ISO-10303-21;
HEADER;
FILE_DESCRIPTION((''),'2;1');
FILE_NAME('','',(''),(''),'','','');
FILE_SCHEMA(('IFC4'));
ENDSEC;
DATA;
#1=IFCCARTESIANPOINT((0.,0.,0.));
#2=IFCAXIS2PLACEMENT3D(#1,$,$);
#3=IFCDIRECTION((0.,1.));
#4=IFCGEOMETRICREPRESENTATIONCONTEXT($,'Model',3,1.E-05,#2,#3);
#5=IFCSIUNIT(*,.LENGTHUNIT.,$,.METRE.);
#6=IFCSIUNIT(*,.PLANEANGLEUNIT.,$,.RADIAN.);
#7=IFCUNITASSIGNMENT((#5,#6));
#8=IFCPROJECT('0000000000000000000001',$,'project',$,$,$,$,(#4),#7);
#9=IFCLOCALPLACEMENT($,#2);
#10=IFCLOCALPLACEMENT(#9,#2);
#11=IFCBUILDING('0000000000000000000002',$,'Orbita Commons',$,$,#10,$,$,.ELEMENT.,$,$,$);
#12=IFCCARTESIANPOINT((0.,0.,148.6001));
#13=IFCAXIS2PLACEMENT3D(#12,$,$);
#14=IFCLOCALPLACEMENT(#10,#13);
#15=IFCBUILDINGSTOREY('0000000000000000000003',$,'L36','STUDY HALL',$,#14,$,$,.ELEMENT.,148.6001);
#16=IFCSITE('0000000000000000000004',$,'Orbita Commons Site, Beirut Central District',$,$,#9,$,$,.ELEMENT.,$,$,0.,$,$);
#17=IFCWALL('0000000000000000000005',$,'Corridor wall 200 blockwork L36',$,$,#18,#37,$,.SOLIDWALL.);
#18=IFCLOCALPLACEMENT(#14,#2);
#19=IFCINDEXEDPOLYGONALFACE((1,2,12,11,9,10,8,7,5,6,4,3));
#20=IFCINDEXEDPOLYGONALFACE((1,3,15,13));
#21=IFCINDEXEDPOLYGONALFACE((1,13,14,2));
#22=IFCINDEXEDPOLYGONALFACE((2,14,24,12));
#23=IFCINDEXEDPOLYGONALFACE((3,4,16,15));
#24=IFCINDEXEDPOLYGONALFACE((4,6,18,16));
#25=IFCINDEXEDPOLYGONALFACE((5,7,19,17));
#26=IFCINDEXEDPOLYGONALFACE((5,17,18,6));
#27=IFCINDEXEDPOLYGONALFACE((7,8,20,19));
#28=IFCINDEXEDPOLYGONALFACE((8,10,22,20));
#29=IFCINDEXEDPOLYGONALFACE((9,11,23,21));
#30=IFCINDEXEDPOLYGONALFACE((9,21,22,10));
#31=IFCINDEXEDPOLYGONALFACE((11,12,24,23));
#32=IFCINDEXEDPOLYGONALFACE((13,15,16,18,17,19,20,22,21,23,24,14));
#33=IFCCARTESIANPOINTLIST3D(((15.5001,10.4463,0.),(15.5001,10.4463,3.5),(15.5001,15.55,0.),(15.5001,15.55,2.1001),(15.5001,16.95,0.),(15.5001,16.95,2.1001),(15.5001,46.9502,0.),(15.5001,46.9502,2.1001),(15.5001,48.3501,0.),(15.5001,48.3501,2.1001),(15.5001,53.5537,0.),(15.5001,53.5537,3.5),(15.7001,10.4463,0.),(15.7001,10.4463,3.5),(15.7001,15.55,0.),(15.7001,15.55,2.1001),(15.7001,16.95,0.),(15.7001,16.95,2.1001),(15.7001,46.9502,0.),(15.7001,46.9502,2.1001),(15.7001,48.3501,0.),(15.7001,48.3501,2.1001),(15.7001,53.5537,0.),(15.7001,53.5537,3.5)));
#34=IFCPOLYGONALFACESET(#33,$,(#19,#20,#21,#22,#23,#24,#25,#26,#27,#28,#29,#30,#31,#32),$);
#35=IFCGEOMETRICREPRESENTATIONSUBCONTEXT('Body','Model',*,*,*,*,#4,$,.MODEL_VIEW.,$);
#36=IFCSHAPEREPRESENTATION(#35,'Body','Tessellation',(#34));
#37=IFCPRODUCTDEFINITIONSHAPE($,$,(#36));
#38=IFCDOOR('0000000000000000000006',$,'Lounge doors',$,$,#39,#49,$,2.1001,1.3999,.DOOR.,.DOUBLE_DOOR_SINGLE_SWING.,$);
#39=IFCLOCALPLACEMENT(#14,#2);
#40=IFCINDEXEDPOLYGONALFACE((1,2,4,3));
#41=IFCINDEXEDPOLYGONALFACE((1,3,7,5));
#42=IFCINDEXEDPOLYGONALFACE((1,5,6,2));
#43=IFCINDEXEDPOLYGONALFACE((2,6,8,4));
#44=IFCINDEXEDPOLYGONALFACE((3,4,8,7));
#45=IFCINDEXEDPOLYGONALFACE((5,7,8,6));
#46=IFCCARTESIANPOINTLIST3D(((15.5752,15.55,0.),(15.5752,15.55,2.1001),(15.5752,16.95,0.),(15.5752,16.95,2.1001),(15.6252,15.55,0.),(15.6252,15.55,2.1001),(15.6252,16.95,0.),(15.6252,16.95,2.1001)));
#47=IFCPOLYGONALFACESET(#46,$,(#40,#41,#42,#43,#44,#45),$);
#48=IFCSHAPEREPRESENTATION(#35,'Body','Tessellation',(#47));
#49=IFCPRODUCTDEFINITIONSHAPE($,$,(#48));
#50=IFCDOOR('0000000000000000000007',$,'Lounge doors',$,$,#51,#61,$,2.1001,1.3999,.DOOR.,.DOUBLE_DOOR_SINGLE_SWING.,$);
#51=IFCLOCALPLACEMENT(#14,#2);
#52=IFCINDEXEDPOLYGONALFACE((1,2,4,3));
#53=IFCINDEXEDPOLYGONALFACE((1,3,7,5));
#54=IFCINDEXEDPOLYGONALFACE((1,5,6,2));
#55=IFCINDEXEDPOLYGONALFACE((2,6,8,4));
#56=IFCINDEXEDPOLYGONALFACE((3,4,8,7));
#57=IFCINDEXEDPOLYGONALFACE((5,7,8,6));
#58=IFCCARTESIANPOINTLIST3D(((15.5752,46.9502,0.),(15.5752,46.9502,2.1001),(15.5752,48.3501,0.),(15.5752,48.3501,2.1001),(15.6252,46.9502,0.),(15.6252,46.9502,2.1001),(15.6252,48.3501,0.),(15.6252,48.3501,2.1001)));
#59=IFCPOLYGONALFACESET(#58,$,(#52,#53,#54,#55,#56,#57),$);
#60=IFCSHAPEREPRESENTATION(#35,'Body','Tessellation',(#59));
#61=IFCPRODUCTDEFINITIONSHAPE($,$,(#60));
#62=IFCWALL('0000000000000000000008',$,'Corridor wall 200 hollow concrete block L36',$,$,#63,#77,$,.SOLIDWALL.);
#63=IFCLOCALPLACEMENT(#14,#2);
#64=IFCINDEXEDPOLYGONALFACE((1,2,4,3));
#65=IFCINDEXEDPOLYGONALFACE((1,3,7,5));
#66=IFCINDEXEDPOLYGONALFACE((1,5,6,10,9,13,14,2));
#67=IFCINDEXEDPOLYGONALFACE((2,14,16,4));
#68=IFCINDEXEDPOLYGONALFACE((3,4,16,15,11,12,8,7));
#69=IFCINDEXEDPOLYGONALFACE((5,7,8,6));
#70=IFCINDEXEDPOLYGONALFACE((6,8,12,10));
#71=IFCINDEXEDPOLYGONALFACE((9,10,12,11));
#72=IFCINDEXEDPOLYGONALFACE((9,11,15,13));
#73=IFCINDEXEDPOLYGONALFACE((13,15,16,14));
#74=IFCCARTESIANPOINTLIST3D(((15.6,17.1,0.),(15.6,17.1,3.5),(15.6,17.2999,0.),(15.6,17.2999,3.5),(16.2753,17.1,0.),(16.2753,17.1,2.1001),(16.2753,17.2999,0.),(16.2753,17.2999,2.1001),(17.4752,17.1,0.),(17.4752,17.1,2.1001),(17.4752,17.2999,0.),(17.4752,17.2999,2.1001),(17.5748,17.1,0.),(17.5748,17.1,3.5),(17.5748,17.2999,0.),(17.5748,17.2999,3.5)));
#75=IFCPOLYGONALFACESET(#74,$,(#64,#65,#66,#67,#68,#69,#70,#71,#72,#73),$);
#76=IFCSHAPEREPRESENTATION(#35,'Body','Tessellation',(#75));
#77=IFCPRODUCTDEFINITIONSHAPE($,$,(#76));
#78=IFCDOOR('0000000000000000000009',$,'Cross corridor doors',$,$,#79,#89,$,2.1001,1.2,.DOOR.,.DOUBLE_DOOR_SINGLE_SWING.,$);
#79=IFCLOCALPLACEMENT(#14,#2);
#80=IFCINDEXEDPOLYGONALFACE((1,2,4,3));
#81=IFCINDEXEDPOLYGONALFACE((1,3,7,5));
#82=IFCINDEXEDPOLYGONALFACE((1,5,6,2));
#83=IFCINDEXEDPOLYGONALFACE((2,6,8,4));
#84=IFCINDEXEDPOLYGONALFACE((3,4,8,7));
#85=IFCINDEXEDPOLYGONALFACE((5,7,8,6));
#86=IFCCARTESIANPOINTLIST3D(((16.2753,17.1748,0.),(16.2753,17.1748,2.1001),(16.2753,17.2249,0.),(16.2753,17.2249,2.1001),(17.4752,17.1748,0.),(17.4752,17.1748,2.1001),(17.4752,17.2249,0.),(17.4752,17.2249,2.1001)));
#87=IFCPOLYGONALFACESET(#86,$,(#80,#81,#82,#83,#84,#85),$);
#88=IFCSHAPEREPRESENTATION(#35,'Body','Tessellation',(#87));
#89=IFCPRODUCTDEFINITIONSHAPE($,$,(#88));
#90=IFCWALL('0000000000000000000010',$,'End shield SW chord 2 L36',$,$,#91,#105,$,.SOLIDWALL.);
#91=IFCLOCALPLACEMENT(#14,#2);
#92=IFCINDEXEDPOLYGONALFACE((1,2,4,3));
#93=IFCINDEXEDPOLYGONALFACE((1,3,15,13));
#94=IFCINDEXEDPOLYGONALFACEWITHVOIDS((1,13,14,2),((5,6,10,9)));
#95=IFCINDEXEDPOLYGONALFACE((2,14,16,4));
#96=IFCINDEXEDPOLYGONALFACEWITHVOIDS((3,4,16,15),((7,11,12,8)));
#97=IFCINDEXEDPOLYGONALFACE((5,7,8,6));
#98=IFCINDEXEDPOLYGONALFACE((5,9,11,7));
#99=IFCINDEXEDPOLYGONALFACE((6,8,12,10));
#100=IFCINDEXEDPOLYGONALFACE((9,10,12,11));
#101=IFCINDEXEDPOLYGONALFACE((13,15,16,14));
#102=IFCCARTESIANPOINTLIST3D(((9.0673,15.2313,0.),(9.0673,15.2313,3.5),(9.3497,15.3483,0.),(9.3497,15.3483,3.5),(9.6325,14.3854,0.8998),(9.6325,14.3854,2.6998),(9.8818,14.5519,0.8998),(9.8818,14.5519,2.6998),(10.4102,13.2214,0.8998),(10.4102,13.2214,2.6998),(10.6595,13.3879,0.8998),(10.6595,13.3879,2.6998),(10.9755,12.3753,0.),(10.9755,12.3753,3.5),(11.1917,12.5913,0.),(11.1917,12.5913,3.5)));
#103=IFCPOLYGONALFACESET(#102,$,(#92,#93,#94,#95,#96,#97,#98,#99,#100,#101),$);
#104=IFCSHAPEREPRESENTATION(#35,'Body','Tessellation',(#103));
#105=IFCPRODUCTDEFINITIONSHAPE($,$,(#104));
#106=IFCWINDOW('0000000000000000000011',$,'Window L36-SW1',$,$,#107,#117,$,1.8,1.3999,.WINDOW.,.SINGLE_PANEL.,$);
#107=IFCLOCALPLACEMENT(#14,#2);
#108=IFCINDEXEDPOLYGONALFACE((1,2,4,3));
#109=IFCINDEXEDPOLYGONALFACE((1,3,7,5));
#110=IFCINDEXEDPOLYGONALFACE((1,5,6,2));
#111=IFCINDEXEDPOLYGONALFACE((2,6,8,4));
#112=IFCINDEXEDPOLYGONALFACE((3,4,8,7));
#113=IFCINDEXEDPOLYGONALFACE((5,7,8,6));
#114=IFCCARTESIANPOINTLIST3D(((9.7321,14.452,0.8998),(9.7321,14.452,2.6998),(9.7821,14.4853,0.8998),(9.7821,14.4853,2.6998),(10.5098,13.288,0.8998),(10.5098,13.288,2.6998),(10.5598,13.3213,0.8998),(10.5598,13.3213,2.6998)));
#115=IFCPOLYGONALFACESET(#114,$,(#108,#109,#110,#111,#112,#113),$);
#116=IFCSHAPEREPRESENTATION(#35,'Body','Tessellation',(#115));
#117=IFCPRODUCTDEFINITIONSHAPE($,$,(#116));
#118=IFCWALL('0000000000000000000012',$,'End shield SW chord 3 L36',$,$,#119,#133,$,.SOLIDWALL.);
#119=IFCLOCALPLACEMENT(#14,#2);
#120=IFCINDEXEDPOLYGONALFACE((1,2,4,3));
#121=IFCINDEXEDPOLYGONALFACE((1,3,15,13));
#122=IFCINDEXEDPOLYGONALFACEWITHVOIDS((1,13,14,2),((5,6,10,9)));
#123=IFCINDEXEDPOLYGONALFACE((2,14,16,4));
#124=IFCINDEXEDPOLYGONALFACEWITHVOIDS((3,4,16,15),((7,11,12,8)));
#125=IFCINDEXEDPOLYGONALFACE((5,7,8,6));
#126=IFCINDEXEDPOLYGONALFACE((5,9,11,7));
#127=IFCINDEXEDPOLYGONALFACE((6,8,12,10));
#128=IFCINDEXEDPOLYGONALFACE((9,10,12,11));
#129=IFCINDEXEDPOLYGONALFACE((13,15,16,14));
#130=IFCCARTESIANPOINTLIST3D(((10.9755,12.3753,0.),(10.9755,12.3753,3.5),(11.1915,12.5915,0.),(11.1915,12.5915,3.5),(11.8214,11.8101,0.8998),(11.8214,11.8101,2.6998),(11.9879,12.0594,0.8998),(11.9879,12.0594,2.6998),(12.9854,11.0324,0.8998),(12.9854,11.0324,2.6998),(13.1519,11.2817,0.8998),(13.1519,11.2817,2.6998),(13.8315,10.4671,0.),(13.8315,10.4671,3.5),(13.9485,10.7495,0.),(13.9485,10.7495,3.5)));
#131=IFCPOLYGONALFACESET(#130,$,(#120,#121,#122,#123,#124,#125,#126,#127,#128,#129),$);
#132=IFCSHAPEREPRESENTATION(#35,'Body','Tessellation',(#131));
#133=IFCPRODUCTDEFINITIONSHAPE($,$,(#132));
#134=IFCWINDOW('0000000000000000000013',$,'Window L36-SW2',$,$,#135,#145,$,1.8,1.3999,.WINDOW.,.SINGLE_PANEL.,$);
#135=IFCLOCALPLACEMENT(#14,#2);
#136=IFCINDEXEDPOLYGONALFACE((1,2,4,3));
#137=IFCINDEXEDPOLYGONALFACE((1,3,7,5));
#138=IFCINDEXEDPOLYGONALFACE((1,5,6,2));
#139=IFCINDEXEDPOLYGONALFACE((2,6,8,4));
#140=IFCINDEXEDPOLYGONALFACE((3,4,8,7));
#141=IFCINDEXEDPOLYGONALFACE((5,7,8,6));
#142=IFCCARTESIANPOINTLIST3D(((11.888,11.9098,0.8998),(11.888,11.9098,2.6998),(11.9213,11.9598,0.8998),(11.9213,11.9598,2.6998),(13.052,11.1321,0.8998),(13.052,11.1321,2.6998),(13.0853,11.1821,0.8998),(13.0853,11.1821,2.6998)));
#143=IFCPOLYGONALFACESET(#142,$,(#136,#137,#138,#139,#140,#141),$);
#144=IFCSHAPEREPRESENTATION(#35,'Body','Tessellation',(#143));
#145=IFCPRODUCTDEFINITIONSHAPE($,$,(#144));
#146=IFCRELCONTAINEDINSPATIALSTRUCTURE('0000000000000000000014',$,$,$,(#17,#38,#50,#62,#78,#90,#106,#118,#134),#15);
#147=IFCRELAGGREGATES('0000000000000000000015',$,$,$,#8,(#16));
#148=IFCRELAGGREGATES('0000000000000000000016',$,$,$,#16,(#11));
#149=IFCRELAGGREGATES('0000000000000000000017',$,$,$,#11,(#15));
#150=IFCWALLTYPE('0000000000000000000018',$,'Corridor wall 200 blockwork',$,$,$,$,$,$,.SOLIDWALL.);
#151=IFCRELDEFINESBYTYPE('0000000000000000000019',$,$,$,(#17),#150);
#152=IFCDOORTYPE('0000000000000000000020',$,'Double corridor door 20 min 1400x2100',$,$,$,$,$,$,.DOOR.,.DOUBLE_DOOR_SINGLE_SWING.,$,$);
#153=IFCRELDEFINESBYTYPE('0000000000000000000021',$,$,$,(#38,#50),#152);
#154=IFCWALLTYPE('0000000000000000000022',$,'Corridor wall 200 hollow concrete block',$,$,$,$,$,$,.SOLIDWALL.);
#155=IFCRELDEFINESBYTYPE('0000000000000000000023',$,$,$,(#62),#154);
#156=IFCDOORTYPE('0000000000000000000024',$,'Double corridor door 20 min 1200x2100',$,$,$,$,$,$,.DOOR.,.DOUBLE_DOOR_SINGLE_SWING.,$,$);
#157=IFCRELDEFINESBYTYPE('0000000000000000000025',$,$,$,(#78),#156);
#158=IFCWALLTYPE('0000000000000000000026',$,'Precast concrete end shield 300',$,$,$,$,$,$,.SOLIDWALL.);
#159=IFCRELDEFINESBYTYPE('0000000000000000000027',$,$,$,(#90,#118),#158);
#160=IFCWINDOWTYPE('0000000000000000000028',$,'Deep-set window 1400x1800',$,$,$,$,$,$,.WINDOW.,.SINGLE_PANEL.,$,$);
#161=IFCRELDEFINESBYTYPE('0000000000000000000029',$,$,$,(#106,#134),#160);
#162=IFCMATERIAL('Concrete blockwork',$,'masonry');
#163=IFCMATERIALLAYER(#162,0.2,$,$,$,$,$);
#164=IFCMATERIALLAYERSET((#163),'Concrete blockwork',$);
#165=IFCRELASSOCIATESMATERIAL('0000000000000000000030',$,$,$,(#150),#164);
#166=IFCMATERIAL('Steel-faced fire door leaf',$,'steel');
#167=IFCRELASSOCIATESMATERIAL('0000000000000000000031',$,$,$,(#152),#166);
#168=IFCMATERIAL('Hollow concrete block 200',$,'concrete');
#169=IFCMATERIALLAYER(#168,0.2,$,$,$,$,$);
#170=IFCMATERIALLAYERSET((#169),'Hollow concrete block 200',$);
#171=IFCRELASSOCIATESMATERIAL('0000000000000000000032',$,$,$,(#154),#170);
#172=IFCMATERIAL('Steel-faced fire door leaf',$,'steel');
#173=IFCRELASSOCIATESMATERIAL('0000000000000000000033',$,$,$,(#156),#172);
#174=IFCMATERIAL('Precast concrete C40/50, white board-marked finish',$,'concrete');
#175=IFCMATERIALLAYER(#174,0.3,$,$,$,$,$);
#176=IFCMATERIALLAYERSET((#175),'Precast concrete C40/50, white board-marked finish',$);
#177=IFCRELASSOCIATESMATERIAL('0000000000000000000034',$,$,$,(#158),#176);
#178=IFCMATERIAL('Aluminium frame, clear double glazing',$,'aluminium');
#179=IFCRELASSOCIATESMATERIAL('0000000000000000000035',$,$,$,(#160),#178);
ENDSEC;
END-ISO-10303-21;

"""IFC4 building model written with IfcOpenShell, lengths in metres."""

from ifc_helpers import new_model, si_unit, direction, frame, frame_2d, origin, place, context, subcontext, project, spatial, polyline, rectangle, outline, extrude, material, layer, layer_set, type_object, element, fill, save


model = new_model("IFC4")

# Units and contexts
model_context = context("Model", 3, precision=1e-05, world=origin(), true_north=direction((0.0, 1.0)))
body_context = subcontext(model_context, "Body", "Model", "MODEL_VIEW")
ifc_project = project(units=[si_unit("LENGTHUNIT", "METRE"), si_unit("PLANEANGLEUNIT", "RADIAN")], contexts=[model_context])

# Site, building, storey
site_placement = place(None, origin())
site = spatial("IfcSite", under=ifc_project, at=site_placement, Name="Orbita Commons Site, Beirut Central District", CompositionType="ELEMENT", RefElevation=0.0)
building_placement = place(site_placement, origin())
building = spatial("IfcBuilding", under=site, at=building_placement, Name="Orbita Commons", CompositionType="ELEMENT")
storey_placement = place(building_placement, frame((0.0, 0.0, 148.6001)))
storey = spatial("IfcBuildingStorey", under=building, at=storey_placement, Name="L36", Description="STUDY HALL", CompositionType="ELEMENT", Elevation=148.6001)

# Shared definitions
ifc_material_1 = material(Name="Concrete blockwork", Category="masonry")
ifc_layer_1 = layer(ifc_material_1, 0.2)
ifc_layer_set_1 = layer_set([ifc_layer_1], Name="Concrete blockwork")
wall_type_1 = type_object("IfcWallType", Name="Corridor wall 200 blockwork", PredefinedType="SOLIDWALL", material=ifc_layer_set_1)

# Wall, openings, doors
wall_1_placement = place(storey_placement, frame((15.6001, 10.4463, 0.0), z_axis=(0.0, 0.0, 1.0), x_axis=(0.0, 1.0, 0.0)))
wall_1 = element("IfcWall", 1, at=wall_1_placement, inside=storey, type_object=wall_type_1, Name="Corridor wall 200 blockwork L36", PredefinedType="SOLIDWALL", context=body_context, shape_type="SweptSolid", body=[
    extrude(rectangle(XDim=43.1074, YDim=0.2, at=frame_2d((21.5537, 0.0))), origin(), (0.0, 0.0, 1.0), 3.5),
])
opening_1_placement = place(wall_1_placement, frame((5.1038, 0.0, 0.0)))
opening_1 = element("IfcOpeningElement", 2, at=opening_1_placement, cuts=wall_1, PredefinedType="OPENING", context=body_context, shape_type="SweptSolid", body=[
    extrude(rectangle(XDim=1.3999, YDim=2.1001, at=frame_2d((0.7, 1.05))), frame((0.0, 0.1099, 0.0), z_axis=(0.0, -1.0, 0.0), x_axis=(1.0, 0.0, 0.0)), (0.0, 0.0, 1.0), 0.22),
])
opening_2_placement = place(wall_1_placement, frame((36.5039, 0.0, 0.0)))
opening_2 = element("IfcOpeningElement", 3, at=opening_2_placement, cuts=wall_1, PredefinedType="OPENING", context=body_context, shape_type="SweptSolid", body=[
    extrude(rectangle(XDim=1.3999, YDim=2.1001, at=frame_2d((0.7, 1.05))), frame((0.0, 0.1099, 0.0), z_axis=(0.0, -1.0, 0.0), x_axis=(1.0, 0.0, 0.0)), (0.0, 0.0, 1.0), 0.22),
])
ifc_material_2 = material(Name="Steel-faced fire door leaf", Category="steel")
door_type_1 = type_object("IfcDoorType", Name="Double corridor door 20 min 1400x2100", OperationType="DOUBLE_DOOR_SINGLE_SWING", PredefinedType="DOOR", material=ifc_material_2)
door_1_placement = place(opening_1_placement, origin())
door_1 = element("IfcDoor", 4, at=door_1_placement, inside=storey, type_object=door_type_1, Name="Lounge doors", OperationType="DOUBLE_DOOR_SINGLE_SWING", OverallHeight=2.1001, OverallWidth=1.3999, PredefinedType="DOOR", context=body_context, shape_type="SweptSolid", body=[
    extrude(rectangle(XDim=1.3999, YDim=2.1001, at=frame_2d((0.7, 1.05))), frame((0.0, 0.0249, 0.0), z_axis=(0.0, -1.0, 0.0), x_axis=(1.0, 0.0, 0.0)), (0.0, 0.0, 1.0), 0.05),
])
fill(opening_1, door_1)
door_2_placement = place(opening_2_placement, origin())
door_2 = element("IfcDoor", 5, at=door_2_placement, inside=storey, type_object=door_type_1, Name="Lounge doors", OperationType="DOUBLE_DOOR_SINGLE_SWING", OverallHeight=2.1001, OverallWidth=1.3999, PredefinedType="DOOR", context=body_context, shape_type="SweptSolid", body=[
    extrude(rectangle(XDim=1.3999, YDim=2.1001, at=frame_2d((0.7, 1.05))), frame((0.0, 0.0249, 0.0), z_axis=(0.0, -1.0, 0.0), x_axis=(1.0, 0.0, 0.0)), (0.0, 0.0, 1.0), 0.05),
])
fill(opening_2, door_2)

# Wall, opening, door
ifc_material_3 = material(Name="Hollow concrete block 200", Category="concrete")
ifc_layer_2 = layer(ifc_material_3, 0.2)
ifc_layer_set_2 = layer_set([ifc_layer_2], Name="Hollow concrete block 200")
wall_type_2 = type_object("IfcWallType", Name="Corridor wall 200 hollow concrete block", PredefinedType="SOLIDWALL", material=ifc_layer_set_2)
wall_2_placement = place(storey_placement, frame((15.6001, 17.2, 0.0), z_axis=(0.0, 0.0, 1.0), x_axis=(1.0, 0.0, 0.0)))
wall_2 = element("IfcWall", 6, at=wall_2_placement, inside=storey, type_object=wall_type_2, Name="Corridor wall 200 hollow concrete block L36", PredefinedType="SOLIDWALL", context=body_context, shape_type="SweptSolid", body=[
    extrude(rectangle(XDim=1.9749, YDim=0.2, at=frame_2d((0.9873, 0.0))), origin(), (0.0, 0.0, 1.0), 3.5),
])
opening_3_placement = place(wall_2_placement, frame((0.675, 0.0, 0.0)))
opening_3 = element("IfcOpeningElement", 7, at=opening_3_placement, cuts=wall_2, PredefinedType="OPENING", context=body_context, shape_type="SweptSolid", body=[
    extrude(rectangle(XDim=1.2, YDim=2.1001, at=frame_2d((0.6001, 1.05))), frame((0.0, 0.1099, 0.0), z_axis=(0.0, -1.0, 0.0), x_axis=(1.0, 0.0, 0.0)), (0.0, 0.0, 1.0), 0.22),
])
ifc_material_4 = material(Name="Steel-faced fire door leaf", Category="steel")
door_type_2 = type_object("IfcDoorType", Name="Double corridor door 20 min 1200x2100", OperationType="DOUBLE_DOOR_SINGLE_SWING", PredefinedType="DOOR", material=ifc_material_4)
door_3_placement = place(opening_3_placement, origin())
door_3 = element("IfcDoor", 8, at=door_3_placement, inside=storey, type_object=door_type_2, Name="Cross corridor doors", OperationType="DOUBLE_DOOR_SINGLE_SWING", OverallHeight=2.1001, OverallWidth=1.2, PredefinedType="DOOR", context=body_context, shape_type="SweptSolid", body=[
    extrude(rectangle(XDim=1.2, YDim=2.1001, at=frame_2d((0.6001, 1.05))), frame((0.0, 0.0249, 0.0), z_axis=(0.0, -1.0, 0.0), x_axis=(1.0, 0.0, 0.0)), (0.0, 0.0, 1.0), 0.05),
])
fill(opening_3, door_3)

# Walls, openings, windows
ifc_material_5 = material(Name="Precast concrete C40/50, white board-marked finish", Category="concrete")
ifc_layer_3 = layer(ifc_material_5, 0.3)
ifc_layer_set_3 = layer_set([ifc_layer_3], Name="Precast concrete C40/50, white board-marked finish")
wall_type_3 = type_object("IfcWallType", Name="Precast concrete end shield 300", PredefinedType="SOLIDWALL", material=ifc_layer_set_3)
wall_3_placement = place(storey_placement, frame((9.2085, 15.2898, 0.0), z_axis=(0.0, 0.0, 1.0), x_axis=(0.555535, -0.831493, 0.0)))
wall_3 = element("IfcWall", 9, at=wall_3_placement, inside=storey, type_object=wall_type_3, Name="End shield SW chord 2 L36", PredefinedType="SOLIDWALL", context=body_context, shape_type="SweptSolid", body=[
    extrude(outline(polyline([(-0.0298, -0.1499), (3.405, -0.1499), (3.3455, 0.1499), (0.0298, 0.1499), (-0.0298, -0.1499)])), origin(), (0.0, 0.0, 1.0), 3.5),
])
opening_4_placement = place(wall_3_placement, frame((0.9875, 0.0, 0.8999)))
opening_4 = element("IfcOpeningElement", 10, at=opening_4_placement, cuts=wall_3, PredefinedType="OPENING", context=body_context, shape_type="SweptSolid", body=[
    extrude(rectangle(XDim=1.3999, YDim=1.8, at=frame_2d((0.7, 0.8999))), frame((0.0, 0.1599, 0.0), z_axis=(0.0, -1.0, 0.0), x_axis=(1.0, 0.0, 0.0)), (0.0, 0.0, 1.0), 0.3201),
])
ifc_material_6 = material(Name="Aluminium frame, clear double glazing", Category="aluminium")
window_type = type_object("IfcWindowType", Name="Deep-set window 1400x1800", PartitioningType="SINGLE_PANEL", PredefinedType="WINDOW", material=ifc_material_6)
window_1_placement = place(opening_4_placement, origin())
window_1 = element("IfcWindow", 11, at=window_1_placement, inside=storey, type_object=window_type, Name="Window L36-SW1", OverallHeight=1.8, OverallWidth=1.3999, PartitioningType="SINGLE_PANEL", PredefinedType="WINDOW", context=body_context, shape_type="SweptSolid", body=[
    extrude(rectangle(XDim=1.3999, YDim=1.8, at=frame_2d((0.7, 0.8999))), frame((0.0, 0.03, 0.0), z_axis=(0.0, -1.0, 0.0), x_axis=(1.0, 0.0, 0.0)), (0.0, 0.0, 1.0), 0.0601),
])
fill(opening_4, window_1)
wall_4_placement = place(storey_placement, frame((11.0835, 12.4834, 0.0), z_axis=(0.0, 0.0, 1.0), x_axis=(0.831493, -0.555535, 0.0)))
wall_4 = element("IfcWall", 12, at=wall_4_placement, inside=storey, type_object=wall_type_3, Name="End shield SW chord 3 L36", PredefinedType="SOLIDWALL", context=body_context, shape_type="SweptSolid", body=[
    extrude(outline(polyline([(-0.0298, -0.1499), (3.405, -0.1499), (3.3455, 0.1499), (0.0298, 0.1499), (-0.0298, -0.1499)])), origin(), (0.0, 0.0, 1.0), 3.5),
])
opening_5_placement = place(wall_4_placement, frame((0.9875, 0.0, 0.8999)))
opening_5 = element("IfcOpeningElement", 13, at=opening_5_placement, cuts=wall_4, PredefinedType="OPENING", context=body_context, shape_type="SweptSolid", body=[
    extrude(rectangle(XDim=1.3999, YDim=1.8, at=frame_2d((0.7, 0.8999))), frame((0.0, 0.1599, 0.0), z_axis=(0.0, -1.0, 0.0), x_axis=(1.0, 0.0, 0.0)), (0.0, 0.0, 1.0), 0.3201),
])
window_2_placement = place(opening_5_placement, origin())
window_2 = element("IfcWindow", 14, at=window_2_placement, inside=storey, type_object=window_type, Name="Window L36-SW2", OverallHeight=1.8, OverallWidth=1.3999, PartitioningType="SINGLE_PANEL", PredefinedType="WINDOW", context=body_context, shape_type="SweptSolid", body=[
    extrude(rectangle(XDim=1.3999, YDim=1.8, at=frame_2d((0.7, 0.8999))), frame((0.0, 0.03, 0.0), z_axis=(0.0, -1.0, 0.0), x_axis=(1.0, 0.0, 0.0)), (0.0, 0.0, 1.0), 0.0601),
])
fill(opening_5, window_2)

save(model, "model.ifc")
